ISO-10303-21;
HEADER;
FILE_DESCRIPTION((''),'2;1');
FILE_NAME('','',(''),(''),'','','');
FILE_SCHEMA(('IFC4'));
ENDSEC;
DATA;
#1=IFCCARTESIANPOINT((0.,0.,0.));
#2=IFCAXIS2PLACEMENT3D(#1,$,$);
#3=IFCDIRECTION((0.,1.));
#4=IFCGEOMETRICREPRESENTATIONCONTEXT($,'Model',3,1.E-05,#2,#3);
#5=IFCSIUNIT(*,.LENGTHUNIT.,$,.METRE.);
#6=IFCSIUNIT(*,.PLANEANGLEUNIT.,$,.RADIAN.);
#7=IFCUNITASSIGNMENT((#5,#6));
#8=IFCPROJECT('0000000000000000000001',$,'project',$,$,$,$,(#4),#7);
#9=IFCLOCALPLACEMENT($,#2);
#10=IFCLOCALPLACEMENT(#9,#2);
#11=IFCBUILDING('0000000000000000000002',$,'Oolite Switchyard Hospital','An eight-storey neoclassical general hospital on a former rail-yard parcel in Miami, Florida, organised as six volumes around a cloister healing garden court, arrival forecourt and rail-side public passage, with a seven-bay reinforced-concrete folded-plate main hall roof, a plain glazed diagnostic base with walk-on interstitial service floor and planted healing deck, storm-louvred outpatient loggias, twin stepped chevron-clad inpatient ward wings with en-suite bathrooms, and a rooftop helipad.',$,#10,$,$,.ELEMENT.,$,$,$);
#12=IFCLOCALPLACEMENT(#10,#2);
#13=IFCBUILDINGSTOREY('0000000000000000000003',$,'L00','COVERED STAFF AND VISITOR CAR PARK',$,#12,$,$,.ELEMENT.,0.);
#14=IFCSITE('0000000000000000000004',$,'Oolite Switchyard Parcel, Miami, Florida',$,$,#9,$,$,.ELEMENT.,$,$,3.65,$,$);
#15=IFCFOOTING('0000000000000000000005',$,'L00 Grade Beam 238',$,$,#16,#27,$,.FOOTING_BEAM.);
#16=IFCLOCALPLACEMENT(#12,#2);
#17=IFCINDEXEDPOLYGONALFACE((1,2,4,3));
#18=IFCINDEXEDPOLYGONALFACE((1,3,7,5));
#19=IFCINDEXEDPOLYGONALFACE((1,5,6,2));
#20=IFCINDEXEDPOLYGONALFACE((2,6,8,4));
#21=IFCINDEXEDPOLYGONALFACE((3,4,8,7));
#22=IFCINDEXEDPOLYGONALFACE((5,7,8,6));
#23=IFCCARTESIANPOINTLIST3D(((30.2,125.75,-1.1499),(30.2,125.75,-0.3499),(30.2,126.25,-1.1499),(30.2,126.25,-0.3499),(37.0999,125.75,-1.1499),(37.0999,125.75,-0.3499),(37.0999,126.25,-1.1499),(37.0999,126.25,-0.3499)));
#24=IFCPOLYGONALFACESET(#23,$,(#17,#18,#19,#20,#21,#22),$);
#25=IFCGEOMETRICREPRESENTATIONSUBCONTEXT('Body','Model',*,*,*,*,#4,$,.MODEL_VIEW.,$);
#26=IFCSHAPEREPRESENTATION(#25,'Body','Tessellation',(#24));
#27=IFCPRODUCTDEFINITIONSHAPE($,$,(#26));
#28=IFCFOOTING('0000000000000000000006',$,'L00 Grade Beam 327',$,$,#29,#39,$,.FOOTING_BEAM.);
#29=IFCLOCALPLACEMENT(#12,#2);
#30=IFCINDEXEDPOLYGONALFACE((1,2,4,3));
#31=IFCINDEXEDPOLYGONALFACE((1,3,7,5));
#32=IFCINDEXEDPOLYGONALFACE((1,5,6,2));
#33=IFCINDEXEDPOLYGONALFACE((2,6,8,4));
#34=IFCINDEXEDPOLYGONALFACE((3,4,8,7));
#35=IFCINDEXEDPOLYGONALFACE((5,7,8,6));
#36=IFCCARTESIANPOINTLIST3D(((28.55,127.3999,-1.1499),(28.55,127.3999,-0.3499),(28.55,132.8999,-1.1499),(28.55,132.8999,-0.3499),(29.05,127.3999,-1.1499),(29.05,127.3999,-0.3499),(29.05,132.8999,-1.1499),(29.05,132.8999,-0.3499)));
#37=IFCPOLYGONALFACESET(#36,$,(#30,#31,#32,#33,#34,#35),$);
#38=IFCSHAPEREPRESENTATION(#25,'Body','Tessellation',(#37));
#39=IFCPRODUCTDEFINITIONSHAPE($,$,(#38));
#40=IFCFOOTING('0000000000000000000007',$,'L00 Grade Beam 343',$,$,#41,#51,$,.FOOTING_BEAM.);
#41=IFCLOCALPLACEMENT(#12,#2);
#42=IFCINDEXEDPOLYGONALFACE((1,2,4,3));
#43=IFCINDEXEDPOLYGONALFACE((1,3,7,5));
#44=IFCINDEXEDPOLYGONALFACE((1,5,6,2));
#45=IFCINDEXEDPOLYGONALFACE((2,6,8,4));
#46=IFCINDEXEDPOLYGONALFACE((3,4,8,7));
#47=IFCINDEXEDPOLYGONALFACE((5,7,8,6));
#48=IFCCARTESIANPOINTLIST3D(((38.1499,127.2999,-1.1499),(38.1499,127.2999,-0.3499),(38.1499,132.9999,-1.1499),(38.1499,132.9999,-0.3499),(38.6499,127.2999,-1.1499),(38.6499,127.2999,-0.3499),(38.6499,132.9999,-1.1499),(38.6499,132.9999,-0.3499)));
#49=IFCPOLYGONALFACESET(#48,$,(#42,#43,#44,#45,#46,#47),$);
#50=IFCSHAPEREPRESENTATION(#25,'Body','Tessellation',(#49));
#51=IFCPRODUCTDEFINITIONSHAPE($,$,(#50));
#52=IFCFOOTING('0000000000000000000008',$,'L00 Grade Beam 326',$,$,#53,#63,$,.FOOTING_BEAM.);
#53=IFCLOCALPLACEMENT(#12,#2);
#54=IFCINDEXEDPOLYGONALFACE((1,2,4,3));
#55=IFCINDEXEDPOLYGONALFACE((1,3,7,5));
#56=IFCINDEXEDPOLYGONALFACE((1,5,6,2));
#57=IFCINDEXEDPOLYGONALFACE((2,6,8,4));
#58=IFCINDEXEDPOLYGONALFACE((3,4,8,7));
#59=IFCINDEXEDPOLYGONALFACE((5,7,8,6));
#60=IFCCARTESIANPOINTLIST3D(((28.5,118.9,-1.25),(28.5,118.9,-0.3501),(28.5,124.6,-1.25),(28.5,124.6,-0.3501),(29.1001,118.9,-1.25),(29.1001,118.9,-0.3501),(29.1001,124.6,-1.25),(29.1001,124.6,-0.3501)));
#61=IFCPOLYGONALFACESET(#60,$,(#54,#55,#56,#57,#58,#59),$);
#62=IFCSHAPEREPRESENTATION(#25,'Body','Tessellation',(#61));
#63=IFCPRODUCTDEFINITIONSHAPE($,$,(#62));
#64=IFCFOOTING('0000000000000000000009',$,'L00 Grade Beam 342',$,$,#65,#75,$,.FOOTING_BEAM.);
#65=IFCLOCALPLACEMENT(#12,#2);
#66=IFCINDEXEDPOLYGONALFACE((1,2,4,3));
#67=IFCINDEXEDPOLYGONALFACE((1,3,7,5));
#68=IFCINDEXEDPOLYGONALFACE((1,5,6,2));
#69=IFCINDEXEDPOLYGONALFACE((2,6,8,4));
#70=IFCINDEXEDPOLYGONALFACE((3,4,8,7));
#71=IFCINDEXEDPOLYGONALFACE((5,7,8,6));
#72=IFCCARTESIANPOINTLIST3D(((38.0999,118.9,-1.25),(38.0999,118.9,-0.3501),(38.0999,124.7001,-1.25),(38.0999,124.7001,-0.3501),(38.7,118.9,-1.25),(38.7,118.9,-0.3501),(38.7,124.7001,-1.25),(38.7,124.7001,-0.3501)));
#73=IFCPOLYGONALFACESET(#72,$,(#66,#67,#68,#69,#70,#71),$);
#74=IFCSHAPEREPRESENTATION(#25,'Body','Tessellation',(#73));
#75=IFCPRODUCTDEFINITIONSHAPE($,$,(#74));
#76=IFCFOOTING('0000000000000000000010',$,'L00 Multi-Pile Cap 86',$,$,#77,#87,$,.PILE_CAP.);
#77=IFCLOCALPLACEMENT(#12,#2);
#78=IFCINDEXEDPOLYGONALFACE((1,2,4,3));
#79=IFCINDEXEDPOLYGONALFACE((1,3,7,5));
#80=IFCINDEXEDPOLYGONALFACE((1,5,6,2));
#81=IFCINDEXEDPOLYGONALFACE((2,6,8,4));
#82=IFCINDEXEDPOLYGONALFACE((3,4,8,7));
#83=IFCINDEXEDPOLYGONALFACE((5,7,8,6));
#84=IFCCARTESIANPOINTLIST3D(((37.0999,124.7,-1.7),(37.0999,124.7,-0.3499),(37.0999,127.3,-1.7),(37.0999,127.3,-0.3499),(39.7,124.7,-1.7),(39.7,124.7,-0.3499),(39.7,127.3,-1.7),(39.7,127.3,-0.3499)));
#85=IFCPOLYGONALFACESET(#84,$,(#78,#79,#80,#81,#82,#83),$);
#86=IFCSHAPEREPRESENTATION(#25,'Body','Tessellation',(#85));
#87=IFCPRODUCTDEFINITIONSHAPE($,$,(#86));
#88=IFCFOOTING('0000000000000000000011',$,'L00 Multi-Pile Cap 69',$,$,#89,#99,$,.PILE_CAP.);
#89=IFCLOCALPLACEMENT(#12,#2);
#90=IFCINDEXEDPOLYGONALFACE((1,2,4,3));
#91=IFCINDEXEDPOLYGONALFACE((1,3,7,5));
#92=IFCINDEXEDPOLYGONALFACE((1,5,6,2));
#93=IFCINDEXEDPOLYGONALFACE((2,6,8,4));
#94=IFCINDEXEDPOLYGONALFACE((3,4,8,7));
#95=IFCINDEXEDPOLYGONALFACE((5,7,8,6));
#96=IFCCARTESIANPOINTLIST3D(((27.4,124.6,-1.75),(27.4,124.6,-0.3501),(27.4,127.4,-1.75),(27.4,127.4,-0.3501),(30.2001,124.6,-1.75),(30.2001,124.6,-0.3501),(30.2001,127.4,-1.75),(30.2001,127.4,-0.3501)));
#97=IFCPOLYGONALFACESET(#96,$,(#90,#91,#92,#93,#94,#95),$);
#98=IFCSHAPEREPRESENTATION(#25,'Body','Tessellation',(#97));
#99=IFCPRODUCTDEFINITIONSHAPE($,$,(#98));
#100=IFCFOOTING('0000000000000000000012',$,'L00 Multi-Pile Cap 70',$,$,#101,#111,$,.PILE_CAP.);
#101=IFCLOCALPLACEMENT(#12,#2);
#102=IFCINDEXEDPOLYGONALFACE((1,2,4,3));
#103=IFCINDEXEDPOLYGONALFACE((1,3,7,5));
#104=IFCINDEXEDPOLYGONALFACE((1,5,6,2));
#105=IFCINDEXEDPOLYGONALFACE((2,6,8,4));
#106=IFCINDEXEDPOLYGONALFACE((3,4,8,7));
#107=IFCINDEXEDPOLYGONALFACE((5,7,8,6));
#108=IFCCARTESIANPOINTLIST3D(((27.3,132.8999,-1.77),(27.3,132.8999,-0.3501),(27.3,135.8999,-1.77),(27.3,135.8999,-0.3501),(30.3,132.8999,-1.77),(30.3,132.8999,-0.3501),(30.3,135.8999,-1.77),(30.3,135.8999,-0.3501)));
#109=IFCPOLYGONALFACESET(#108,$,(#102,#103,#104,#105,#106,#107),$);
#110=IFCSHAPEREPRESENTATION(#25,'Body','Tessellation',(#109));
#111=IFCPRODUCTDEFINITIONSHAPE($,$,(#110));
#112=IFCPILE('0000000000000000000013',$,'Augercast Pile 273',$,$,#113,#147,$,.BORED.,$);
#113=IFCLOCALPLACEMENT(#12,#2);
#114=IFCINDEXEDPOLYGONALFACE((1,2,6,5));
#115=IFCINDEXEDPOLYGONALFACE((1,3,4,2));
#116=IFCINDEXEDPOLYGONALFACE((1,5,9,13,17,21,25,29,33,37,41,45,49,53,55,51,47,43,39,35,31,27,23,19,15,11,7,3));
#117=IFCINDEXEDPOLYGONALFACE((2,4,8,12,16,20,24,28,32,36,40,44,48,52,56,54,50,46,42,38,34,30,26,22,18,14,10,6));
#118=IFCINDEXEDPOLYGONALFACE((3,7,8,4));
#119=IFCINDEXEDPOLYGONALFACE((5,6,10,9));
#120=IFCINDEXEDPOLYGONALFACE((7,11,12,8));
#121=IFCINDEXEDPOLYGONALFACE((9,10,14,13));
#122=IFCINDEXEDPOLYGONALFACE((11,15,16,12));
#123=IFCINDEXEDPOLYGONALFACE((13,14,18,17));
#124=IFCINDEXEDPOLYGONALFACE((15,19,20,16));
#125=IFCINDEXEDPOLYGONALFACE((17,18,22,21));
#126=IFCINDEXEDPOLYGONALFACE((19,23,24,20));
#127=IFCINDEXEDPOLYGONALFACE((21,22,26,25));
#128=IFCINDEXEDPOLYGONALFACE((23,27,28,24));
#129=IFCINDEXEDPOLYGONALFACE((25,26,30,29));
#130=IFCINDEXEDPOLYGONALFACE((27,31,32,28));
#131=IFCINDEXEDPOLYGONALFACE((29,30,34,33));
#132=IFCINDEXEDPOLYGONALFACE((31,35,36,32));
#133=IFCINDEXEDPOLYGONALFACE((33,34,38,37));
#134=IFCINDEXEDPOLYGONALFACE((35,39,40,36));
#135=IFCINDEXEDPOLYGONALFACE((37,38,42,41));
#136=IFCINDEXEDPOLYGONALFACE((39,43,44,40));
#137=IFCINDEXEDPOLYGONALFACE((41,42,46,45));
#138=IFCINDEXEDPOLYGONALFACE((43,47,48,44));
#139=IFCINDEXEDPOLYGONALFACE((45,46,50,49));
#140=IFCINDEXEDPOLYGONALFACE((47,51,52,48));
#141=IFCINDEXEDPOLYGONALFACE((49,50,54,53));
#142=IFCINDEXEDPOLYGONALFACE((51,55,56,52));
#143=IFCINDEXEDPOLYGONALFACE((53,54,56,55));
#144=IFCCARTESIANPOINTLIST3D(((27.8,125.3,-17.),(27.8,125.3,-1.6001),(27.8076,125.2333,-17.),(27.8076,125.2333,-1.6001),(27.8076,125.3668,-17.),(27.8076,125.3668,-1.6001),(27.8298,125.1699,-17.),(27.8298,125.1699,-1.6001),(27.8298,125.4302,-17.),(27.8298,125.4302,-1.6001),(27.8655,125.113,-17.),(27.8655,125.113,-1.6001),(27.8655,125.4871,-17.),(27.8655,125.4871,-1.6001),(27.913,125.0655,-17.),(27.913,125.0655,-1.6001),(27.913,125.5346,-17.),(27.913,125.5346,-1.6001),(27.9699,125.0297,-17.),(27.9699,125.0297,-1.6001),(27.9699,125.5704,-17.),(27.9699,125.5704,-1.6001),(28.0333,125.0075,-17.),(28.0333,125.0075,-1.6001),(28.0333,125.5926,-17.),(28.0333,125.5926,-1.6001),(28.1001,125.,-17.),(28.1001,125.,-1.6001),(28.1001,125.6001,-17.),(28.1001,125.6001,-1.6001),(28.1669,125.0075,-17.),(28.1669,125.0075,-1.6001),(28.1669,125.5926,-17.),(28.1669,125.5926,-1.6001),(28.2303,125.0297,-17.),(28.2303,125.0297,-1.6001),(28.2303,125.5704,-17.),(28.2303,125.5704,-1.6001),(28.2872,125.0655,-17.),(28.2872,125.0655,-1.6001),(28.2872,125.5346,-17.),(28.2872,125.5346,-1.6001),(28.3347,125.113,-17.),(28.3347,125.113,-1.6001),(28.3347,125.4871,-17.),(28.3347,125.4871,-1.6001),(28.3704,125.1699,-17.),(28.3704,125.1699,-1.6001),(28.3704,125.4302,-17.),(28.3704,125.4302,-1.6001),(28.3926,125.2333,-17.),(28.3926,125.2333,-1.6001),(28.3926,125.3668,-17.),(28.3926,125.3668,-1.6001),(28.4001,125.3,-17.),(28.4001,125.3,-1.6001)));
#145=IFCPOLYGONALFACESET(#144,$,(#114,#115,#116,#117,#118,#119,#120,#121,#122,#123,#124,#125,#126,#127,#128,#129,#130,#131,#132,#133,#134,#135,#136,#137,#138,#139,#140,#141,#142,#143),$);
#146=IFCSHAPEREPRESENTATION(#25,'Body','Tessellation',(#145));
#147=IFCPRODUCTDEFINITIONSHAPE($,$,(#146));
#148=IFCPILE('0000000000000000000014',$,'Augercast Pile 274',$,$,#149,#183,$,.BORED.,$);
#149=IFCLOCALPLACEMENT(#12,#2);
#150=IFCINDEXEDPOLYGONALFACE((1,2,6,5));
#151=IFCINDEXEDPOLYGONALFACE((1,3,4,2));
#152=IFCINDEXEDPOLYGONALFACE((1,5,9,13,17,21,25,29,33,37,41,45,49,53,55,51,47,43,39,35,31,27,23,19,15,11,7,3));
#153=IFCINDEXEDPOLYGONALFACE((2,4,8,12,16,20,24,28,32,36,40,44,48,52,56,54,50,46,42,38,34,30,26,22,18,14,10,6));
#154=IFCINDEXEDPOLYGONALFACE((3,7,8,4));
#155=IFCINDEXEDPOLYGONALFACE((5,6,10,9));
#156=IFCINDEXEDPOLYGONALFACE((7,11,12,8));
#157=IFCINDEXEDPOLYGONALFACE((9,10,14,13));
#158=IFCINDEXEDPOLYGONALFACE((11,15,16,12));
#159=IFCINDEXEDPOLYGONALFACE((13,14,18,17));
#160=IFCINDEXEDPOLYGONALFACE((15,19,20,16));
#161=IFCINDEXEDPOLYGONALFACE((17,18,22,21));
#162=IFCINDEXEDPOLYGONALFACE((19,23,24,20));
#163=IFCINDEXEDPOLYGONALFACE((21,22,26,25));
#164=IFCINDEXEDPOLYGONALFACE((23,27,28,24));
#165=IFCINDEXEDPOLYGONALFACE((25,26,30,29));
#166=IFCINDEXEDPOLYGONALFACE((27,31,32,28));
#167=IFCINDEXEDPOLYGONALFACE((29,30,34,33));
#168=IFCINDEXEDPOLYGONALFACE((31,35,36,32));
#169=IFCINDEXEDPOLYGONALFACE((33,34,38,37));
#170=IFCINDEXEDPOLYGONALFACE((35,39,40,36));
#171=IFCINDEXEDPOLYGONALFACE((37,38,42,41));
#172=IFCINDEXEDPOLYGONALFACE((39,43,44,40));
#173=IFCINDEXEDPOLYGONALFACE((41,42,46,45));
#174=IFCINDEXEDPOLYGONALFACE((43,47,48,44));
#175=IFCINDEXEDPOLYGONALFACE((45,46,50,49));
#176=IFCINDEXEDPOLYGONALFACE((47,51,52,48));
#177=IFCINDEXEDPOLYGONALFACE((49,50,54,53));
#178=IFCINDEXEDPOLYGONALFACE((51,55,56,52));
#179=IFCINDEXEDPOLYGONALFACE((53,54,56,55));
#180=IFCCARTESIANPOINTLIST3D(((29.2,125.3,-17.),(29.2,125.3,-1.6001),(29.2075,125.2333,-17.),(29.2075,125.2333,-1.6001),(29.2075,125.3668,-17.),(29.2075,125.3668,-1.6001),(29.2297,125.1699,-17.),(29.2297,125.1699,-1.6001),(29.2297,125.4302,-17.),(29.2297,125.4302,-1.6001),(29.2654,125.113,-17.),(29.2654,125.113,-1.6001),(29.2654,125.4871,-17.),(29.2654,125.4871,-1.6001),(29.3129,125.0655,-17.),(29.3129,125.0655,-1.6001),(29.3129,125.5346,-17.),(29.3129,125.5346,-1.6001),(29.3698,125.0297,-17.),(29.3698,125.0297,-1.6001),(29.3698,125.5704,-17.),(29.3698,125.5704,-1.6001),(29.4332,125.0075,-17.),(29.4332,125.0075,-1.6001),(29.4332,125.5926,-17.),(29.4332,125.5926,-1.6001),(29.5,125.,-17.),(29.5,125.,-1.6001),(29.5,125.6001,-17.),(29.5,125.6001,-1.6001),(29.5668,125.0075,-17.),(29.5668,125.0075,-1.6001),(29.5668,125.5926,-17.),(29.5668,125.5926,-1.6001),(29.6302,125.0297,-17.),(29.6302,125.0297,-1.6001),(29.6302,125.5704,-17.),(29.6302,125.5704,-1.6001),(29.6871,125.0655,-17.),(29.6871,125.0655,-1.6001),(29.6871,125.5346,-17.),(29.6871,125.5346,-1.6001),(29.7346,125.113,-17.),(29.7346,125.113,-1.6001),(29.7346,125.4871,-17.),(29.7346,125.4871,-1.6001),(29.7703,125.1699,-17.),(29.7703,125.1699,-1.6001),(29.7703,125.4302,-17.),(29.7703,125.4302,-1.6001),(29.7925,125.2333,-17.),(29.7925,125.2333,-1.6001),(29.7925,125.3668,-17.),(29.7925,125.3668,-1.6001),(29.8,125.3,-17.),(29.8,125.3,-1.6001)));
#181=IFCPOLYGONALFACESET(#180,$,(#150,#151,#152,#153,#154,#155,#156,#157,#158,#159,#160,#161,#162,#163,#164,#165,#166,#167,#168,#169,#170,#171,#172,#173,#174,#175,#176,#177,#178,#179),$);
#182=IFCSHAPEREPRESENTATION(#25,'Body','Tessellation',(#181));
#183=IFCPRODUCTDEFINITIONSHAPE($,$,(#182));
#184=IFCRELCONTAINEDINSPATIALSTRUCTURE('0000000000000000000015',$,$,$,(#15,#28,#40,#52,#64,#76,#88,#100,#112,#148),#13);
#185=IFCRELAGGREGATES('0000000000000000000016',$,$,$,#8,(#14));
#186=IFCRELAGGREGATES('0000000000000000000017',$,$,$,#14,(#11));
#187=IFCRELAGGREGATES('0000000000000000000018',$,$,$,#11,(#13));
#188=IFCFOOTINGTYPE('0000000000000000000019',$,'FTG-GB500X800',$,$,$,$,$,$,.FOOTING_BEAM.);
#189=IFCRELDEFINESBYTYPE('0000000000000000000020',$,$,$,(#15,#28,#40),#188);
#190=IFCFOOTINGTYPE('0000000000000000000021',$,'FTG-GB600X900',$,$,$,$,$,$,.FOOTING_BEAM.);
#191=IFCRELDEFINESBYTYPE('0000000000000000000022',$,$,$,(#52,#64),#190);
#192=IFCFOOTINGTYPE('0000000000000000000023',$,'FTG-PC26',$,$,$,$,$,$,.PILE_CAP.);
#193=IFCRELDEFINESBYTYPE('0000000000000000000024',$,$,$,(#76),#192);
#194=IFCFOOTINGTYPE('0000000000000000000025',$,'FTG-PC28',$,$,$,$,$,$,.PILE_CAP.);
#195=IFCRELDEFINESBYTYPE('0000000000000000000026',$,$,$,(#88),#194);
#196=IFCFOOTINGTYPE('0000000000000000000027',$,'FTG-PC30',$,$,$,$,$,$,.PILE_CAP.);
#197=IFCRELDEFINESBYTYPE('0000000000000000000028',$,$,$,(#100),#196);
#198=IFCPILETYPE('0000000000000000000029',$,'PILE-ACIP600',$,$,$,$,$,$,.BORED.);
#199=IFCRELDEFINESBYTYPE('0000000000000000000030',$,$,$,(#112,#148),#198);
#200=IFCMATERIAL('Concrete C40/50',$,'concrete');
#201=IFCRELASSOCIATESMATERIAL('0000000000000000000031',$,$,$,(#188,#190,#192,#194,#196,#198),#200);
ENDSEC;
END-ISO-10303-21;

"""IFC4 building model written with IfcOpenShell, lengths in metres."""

from ifc_helpers import new_model, si_unit, direction, frame, origin, origin_2d, place, context, subcontext, project, spatial, rectangle, circle, extrude, material, material_profile, profile_set, type_object, element, save


model = new_model("IFC4")

# Units and contexts
model_context = context("Model", 3, precision=1e-05, world=origin(), true_north=direction((0.0, 1.0)))
body_context = subcontext(model_context, "Body", "Model", "MODEL_VIEW")
ifc_project = project(units=[si_unit("LENGTHUNIT", "METRE"), si_unit("PLANEANGLEUNIT", "RADIAN")], contexts=[model_context])

# Site, building, storey
site_placement = place(None, origin())
site = spatial("IfcSite", under=ifc_project, at=site_placement, Name="Oolite Switchyard Parcel, Miami, Florida", CompositionType="ELEMENT", RefElevation=3.65)
building_placement = place(site_placement, origin())
building = spatial("IfcBuilding", under=site, at=building_placement, Name="Oolite Switchyard Hospital", Description="An eight-storey neoclassical general hospital on a former rail-yard parcel in Miami, Florida, organised as six volumes around a cloister healing garden court, arrival forecourt and rail-side public passage, with a seven-bay reinforced-concrete folded-plate main hall roof, a plain glazed diagnostic base with walk-on interstitial service floor and planted healing deck, storm-louvred outpatient loggias, twin stepped chevron-clad inpatient ward wings with en-suite bathrooms, and a rooftop helipad.", CompositionType="ELEMENT")
storey_placement = place(building_placement, origin())
storey = spatial("IfcBuildingStorey", under=building, at=storey_placement, Name="L00", Description="COVERED STAFF AND VISITOR CAR PARK", CompositionType="ELEMENT", Elevation=0.0)

# Footings
ifc_material_1 = material(Name="Concrete C40/50", Category="concrete")
footing_type_1 = type_object("IfcFootingType", Name="FTG-GB500X800", PredefinedType="FOOTING_BEAM", material=ifc_material_1)
footing_1_placement = place(storey_placement, frame((33.6499, 126.0, -1.1499), z_axis=(0.0, 0.0, 1.0), x_axis=(1.0, 0.0, 0.0)))
element("IfcFooting", 1, at=footing_1_placement, inside=storey, type_object=footing_type_1, Name="L00 Grade Beam 238", PredefinedType="FOOTING_BEAM", context=body_context, shape_type="SweptSolid", body=[
    extrude(rectangle(XDim=6.8999, YDim=0.5, at=origin_2d()), origin(), (0.0, 0.0, 1.0), 0.8),
])
footing_2_placement = place(storey_placement, frame((28.8, 130.1499, -1.1499), z_axis=(0.0, 0.0, 1.0), x_axis=(0.0, 1.0, 0.0)))
element("IfcFooting", 2, at=footing_2_placement, inside=storey, type_object=footing_type_1, Name="L00 Grade Beam 327", PredefinedType="FOOTING_BEAM", context=body_context, shape_type="SweptSolid", body=[
    extrude(rectangle(XDim=5.5, YDim=0.5, at=origin_2d()), origin(), (0.0, 0.0, 1.0), 0.8),
])
footing_3_placement = place(storey_placement, frame((38.3999, 130.1499, -1.1499), z_axis=(0.0, 0.0, 1.0), x_axis=(0.0, 1.0, 0.0)))
element("IfcFooting", 3, at=footing_3_placement, inside=storey, type_object=footing_type_1, Name="L00 Grade Beam 343", PredefinedType="FOOTING_BEAM", context=body_context, shape_type="SweptSolid", body=[
    extrude(rectangle(XDim=5.7, YDim=0.5, at=origin_2d()), origin(), (0.0, 0.0, 1.0), 0.8),
])
footing_type_2 = type_object("IfcFootingType", Name="FTG-GB600X900", PredefinedType="FOOTING_BEAM", material=ifc_material_1)
footing_4_placement = place(storey_placement, frame((28.8, 121.75, -1.25), z_axis=(0.0, 0.0, 1.0), x_axis=(0.0, 1.0, 0.0)))
element("IfcFooting", 4, at=footing_4_placement, inside=storey, type_object=footing_type_2, Name="L00 Grade Beam 326", PredefinedType="FOOTING_BEAM", context=body_context, shape_type="SweptSolid", body=[
    extrude(rectangle(XDim=5.7, YDim=0.6001, at=origin_2d()), origin(), (0.0, 0.0, 1.0), 0.8999),
])
footing_5_placement = place(storey_placement, frame((38.3999, 121.8, -1.25), z_axis=(0.0, 0.0, 1.0), x_axis=(0.0, 1.0, 0.0)))
element("IfcFooting", 5, at=footing_5_placement, inside=storey, type_object=footing_type_2, Name="L00 Grade Beam 342", PredefinedType="FOOTING_BEAM", context=body_context, shape_type="SweptSolid", body=[
    extrude(rectangle(XDim=5.8, YDim=0.6001, at=origin_2d()), origin(), (0.0, 0.0, 1.0), 0.8999),
])
footing_type_3 = type_object("IfcFootingType", Name="FTG-PC26", PredefinedType="PILE_CAP", material=ifc_material_1)
footing_6_placement = place(storey_placement, frame((38.3999, 126.0, -1.7), z_axis=(0.0, 0.0, 1.0), x_axis=(1.0, 0.0, 0.0)))
element("IfcFooting", 6, at=footing_6_placement, inside=storey, type_object=footing_type_3, Name="L00 Multi-Pile Cap 86", PredefinedType="PILE_CAP", context=body_context, shape_type="SweptSolid", body=[
    extrude(rectangle(XDim=2.6001, YDim=2.6001, at=origin_2d()), origin(), (0.0, 0.0, 1.0), 1.3501),
])
footing_type_4 = type_object("IfcFootingType", Name="FTG-PC28", PredefinedType="PILE_CAP", material=ifc_material_1)
footing_7_placement = place(storey_placement, frame((28.8, 126.0, -1.75), z_axis=(0.0, 0.0, 1.0), x_axis=(1.0, 0.0, 0.0)))
element("IfcFooting", 7, at=footing_7_placement, inside=storey, type_object=footing_type_4, Name="L00 Multi-Pile Cap 69", PredefinedType="PILE_CAP", context=body_context, shape_type="SweptSolid", body=[
    extrude(rectangle(XDim=2.8, YDim=2.8, at=origin_2d()), origin(), (0.0, 0.0, 1.0), 1.3999),
])
footing_type_5 = type_object("IfcFootingType", Name="FTG-PC30", PredefinedType="PILE_CAP", material=ifc_material_1)
footing_8_placement = place(storey_placement, frame((28.8, 134.3999, -1.77), z_axis=(0.0, 0.0, 1.0), x_axis=(1.0, 0.0, 0.0)))
element("IfcFooting", 8, at=footing_8_placement, inside=storey, type_object=footing_type_5, Name="L00 Multi-Pile Cap 70", PredefinedType="PILE_CAP", context=body_context, shape_type="SweptSolid", body=[
    extrude(rectangle(XDim=3.0, YDim=3.0, at=origin_2d()), origin(), (0.0, 0.0, 1.0), 1.4199),
])

# Piles
ifc_material_profile_1 = material_profile(ifc_material_1, circle(Radius=0.3, at=origin_2d()), Name="PILE600")
ifc_profile_set_1 = profile_set([ifc_material_profile_1], Name="Concrete C40/50")
pile_type = type_object("IfcPileType", Name="PILE-ACIP600", PredefinedType="BORED", material=ifc_profile_set_1)
for number, where, z_axis, x_axis, name in (
    (9, (28.1001, 125.3, -1.6001), (0.0, 0.0, -1.0), (1.0, 0.0, 0.0), "Augercast Pile 273"),
    (10, (29.5, 125.3, -1.6001), (0.0, 0.0, -1.0), (1.0, 0.0, 0.0), "Augercast Pile 274"),
):
    element("IfcPile", number, at=place(storey_placement, frame(where, z_axis=z_axis, x_axis=x_axis)), inside=storey, type_object=pile_type, Name=name, PredefinedType="BORED", context=body_context, shape_type="SweptSolid", body=[
        extrude(circle(Radius=0.3, at=origin_2d()), origin(), (0.0, 0.0, 1.0), 15.3999),
    ])

save(model, "model.ifc")
